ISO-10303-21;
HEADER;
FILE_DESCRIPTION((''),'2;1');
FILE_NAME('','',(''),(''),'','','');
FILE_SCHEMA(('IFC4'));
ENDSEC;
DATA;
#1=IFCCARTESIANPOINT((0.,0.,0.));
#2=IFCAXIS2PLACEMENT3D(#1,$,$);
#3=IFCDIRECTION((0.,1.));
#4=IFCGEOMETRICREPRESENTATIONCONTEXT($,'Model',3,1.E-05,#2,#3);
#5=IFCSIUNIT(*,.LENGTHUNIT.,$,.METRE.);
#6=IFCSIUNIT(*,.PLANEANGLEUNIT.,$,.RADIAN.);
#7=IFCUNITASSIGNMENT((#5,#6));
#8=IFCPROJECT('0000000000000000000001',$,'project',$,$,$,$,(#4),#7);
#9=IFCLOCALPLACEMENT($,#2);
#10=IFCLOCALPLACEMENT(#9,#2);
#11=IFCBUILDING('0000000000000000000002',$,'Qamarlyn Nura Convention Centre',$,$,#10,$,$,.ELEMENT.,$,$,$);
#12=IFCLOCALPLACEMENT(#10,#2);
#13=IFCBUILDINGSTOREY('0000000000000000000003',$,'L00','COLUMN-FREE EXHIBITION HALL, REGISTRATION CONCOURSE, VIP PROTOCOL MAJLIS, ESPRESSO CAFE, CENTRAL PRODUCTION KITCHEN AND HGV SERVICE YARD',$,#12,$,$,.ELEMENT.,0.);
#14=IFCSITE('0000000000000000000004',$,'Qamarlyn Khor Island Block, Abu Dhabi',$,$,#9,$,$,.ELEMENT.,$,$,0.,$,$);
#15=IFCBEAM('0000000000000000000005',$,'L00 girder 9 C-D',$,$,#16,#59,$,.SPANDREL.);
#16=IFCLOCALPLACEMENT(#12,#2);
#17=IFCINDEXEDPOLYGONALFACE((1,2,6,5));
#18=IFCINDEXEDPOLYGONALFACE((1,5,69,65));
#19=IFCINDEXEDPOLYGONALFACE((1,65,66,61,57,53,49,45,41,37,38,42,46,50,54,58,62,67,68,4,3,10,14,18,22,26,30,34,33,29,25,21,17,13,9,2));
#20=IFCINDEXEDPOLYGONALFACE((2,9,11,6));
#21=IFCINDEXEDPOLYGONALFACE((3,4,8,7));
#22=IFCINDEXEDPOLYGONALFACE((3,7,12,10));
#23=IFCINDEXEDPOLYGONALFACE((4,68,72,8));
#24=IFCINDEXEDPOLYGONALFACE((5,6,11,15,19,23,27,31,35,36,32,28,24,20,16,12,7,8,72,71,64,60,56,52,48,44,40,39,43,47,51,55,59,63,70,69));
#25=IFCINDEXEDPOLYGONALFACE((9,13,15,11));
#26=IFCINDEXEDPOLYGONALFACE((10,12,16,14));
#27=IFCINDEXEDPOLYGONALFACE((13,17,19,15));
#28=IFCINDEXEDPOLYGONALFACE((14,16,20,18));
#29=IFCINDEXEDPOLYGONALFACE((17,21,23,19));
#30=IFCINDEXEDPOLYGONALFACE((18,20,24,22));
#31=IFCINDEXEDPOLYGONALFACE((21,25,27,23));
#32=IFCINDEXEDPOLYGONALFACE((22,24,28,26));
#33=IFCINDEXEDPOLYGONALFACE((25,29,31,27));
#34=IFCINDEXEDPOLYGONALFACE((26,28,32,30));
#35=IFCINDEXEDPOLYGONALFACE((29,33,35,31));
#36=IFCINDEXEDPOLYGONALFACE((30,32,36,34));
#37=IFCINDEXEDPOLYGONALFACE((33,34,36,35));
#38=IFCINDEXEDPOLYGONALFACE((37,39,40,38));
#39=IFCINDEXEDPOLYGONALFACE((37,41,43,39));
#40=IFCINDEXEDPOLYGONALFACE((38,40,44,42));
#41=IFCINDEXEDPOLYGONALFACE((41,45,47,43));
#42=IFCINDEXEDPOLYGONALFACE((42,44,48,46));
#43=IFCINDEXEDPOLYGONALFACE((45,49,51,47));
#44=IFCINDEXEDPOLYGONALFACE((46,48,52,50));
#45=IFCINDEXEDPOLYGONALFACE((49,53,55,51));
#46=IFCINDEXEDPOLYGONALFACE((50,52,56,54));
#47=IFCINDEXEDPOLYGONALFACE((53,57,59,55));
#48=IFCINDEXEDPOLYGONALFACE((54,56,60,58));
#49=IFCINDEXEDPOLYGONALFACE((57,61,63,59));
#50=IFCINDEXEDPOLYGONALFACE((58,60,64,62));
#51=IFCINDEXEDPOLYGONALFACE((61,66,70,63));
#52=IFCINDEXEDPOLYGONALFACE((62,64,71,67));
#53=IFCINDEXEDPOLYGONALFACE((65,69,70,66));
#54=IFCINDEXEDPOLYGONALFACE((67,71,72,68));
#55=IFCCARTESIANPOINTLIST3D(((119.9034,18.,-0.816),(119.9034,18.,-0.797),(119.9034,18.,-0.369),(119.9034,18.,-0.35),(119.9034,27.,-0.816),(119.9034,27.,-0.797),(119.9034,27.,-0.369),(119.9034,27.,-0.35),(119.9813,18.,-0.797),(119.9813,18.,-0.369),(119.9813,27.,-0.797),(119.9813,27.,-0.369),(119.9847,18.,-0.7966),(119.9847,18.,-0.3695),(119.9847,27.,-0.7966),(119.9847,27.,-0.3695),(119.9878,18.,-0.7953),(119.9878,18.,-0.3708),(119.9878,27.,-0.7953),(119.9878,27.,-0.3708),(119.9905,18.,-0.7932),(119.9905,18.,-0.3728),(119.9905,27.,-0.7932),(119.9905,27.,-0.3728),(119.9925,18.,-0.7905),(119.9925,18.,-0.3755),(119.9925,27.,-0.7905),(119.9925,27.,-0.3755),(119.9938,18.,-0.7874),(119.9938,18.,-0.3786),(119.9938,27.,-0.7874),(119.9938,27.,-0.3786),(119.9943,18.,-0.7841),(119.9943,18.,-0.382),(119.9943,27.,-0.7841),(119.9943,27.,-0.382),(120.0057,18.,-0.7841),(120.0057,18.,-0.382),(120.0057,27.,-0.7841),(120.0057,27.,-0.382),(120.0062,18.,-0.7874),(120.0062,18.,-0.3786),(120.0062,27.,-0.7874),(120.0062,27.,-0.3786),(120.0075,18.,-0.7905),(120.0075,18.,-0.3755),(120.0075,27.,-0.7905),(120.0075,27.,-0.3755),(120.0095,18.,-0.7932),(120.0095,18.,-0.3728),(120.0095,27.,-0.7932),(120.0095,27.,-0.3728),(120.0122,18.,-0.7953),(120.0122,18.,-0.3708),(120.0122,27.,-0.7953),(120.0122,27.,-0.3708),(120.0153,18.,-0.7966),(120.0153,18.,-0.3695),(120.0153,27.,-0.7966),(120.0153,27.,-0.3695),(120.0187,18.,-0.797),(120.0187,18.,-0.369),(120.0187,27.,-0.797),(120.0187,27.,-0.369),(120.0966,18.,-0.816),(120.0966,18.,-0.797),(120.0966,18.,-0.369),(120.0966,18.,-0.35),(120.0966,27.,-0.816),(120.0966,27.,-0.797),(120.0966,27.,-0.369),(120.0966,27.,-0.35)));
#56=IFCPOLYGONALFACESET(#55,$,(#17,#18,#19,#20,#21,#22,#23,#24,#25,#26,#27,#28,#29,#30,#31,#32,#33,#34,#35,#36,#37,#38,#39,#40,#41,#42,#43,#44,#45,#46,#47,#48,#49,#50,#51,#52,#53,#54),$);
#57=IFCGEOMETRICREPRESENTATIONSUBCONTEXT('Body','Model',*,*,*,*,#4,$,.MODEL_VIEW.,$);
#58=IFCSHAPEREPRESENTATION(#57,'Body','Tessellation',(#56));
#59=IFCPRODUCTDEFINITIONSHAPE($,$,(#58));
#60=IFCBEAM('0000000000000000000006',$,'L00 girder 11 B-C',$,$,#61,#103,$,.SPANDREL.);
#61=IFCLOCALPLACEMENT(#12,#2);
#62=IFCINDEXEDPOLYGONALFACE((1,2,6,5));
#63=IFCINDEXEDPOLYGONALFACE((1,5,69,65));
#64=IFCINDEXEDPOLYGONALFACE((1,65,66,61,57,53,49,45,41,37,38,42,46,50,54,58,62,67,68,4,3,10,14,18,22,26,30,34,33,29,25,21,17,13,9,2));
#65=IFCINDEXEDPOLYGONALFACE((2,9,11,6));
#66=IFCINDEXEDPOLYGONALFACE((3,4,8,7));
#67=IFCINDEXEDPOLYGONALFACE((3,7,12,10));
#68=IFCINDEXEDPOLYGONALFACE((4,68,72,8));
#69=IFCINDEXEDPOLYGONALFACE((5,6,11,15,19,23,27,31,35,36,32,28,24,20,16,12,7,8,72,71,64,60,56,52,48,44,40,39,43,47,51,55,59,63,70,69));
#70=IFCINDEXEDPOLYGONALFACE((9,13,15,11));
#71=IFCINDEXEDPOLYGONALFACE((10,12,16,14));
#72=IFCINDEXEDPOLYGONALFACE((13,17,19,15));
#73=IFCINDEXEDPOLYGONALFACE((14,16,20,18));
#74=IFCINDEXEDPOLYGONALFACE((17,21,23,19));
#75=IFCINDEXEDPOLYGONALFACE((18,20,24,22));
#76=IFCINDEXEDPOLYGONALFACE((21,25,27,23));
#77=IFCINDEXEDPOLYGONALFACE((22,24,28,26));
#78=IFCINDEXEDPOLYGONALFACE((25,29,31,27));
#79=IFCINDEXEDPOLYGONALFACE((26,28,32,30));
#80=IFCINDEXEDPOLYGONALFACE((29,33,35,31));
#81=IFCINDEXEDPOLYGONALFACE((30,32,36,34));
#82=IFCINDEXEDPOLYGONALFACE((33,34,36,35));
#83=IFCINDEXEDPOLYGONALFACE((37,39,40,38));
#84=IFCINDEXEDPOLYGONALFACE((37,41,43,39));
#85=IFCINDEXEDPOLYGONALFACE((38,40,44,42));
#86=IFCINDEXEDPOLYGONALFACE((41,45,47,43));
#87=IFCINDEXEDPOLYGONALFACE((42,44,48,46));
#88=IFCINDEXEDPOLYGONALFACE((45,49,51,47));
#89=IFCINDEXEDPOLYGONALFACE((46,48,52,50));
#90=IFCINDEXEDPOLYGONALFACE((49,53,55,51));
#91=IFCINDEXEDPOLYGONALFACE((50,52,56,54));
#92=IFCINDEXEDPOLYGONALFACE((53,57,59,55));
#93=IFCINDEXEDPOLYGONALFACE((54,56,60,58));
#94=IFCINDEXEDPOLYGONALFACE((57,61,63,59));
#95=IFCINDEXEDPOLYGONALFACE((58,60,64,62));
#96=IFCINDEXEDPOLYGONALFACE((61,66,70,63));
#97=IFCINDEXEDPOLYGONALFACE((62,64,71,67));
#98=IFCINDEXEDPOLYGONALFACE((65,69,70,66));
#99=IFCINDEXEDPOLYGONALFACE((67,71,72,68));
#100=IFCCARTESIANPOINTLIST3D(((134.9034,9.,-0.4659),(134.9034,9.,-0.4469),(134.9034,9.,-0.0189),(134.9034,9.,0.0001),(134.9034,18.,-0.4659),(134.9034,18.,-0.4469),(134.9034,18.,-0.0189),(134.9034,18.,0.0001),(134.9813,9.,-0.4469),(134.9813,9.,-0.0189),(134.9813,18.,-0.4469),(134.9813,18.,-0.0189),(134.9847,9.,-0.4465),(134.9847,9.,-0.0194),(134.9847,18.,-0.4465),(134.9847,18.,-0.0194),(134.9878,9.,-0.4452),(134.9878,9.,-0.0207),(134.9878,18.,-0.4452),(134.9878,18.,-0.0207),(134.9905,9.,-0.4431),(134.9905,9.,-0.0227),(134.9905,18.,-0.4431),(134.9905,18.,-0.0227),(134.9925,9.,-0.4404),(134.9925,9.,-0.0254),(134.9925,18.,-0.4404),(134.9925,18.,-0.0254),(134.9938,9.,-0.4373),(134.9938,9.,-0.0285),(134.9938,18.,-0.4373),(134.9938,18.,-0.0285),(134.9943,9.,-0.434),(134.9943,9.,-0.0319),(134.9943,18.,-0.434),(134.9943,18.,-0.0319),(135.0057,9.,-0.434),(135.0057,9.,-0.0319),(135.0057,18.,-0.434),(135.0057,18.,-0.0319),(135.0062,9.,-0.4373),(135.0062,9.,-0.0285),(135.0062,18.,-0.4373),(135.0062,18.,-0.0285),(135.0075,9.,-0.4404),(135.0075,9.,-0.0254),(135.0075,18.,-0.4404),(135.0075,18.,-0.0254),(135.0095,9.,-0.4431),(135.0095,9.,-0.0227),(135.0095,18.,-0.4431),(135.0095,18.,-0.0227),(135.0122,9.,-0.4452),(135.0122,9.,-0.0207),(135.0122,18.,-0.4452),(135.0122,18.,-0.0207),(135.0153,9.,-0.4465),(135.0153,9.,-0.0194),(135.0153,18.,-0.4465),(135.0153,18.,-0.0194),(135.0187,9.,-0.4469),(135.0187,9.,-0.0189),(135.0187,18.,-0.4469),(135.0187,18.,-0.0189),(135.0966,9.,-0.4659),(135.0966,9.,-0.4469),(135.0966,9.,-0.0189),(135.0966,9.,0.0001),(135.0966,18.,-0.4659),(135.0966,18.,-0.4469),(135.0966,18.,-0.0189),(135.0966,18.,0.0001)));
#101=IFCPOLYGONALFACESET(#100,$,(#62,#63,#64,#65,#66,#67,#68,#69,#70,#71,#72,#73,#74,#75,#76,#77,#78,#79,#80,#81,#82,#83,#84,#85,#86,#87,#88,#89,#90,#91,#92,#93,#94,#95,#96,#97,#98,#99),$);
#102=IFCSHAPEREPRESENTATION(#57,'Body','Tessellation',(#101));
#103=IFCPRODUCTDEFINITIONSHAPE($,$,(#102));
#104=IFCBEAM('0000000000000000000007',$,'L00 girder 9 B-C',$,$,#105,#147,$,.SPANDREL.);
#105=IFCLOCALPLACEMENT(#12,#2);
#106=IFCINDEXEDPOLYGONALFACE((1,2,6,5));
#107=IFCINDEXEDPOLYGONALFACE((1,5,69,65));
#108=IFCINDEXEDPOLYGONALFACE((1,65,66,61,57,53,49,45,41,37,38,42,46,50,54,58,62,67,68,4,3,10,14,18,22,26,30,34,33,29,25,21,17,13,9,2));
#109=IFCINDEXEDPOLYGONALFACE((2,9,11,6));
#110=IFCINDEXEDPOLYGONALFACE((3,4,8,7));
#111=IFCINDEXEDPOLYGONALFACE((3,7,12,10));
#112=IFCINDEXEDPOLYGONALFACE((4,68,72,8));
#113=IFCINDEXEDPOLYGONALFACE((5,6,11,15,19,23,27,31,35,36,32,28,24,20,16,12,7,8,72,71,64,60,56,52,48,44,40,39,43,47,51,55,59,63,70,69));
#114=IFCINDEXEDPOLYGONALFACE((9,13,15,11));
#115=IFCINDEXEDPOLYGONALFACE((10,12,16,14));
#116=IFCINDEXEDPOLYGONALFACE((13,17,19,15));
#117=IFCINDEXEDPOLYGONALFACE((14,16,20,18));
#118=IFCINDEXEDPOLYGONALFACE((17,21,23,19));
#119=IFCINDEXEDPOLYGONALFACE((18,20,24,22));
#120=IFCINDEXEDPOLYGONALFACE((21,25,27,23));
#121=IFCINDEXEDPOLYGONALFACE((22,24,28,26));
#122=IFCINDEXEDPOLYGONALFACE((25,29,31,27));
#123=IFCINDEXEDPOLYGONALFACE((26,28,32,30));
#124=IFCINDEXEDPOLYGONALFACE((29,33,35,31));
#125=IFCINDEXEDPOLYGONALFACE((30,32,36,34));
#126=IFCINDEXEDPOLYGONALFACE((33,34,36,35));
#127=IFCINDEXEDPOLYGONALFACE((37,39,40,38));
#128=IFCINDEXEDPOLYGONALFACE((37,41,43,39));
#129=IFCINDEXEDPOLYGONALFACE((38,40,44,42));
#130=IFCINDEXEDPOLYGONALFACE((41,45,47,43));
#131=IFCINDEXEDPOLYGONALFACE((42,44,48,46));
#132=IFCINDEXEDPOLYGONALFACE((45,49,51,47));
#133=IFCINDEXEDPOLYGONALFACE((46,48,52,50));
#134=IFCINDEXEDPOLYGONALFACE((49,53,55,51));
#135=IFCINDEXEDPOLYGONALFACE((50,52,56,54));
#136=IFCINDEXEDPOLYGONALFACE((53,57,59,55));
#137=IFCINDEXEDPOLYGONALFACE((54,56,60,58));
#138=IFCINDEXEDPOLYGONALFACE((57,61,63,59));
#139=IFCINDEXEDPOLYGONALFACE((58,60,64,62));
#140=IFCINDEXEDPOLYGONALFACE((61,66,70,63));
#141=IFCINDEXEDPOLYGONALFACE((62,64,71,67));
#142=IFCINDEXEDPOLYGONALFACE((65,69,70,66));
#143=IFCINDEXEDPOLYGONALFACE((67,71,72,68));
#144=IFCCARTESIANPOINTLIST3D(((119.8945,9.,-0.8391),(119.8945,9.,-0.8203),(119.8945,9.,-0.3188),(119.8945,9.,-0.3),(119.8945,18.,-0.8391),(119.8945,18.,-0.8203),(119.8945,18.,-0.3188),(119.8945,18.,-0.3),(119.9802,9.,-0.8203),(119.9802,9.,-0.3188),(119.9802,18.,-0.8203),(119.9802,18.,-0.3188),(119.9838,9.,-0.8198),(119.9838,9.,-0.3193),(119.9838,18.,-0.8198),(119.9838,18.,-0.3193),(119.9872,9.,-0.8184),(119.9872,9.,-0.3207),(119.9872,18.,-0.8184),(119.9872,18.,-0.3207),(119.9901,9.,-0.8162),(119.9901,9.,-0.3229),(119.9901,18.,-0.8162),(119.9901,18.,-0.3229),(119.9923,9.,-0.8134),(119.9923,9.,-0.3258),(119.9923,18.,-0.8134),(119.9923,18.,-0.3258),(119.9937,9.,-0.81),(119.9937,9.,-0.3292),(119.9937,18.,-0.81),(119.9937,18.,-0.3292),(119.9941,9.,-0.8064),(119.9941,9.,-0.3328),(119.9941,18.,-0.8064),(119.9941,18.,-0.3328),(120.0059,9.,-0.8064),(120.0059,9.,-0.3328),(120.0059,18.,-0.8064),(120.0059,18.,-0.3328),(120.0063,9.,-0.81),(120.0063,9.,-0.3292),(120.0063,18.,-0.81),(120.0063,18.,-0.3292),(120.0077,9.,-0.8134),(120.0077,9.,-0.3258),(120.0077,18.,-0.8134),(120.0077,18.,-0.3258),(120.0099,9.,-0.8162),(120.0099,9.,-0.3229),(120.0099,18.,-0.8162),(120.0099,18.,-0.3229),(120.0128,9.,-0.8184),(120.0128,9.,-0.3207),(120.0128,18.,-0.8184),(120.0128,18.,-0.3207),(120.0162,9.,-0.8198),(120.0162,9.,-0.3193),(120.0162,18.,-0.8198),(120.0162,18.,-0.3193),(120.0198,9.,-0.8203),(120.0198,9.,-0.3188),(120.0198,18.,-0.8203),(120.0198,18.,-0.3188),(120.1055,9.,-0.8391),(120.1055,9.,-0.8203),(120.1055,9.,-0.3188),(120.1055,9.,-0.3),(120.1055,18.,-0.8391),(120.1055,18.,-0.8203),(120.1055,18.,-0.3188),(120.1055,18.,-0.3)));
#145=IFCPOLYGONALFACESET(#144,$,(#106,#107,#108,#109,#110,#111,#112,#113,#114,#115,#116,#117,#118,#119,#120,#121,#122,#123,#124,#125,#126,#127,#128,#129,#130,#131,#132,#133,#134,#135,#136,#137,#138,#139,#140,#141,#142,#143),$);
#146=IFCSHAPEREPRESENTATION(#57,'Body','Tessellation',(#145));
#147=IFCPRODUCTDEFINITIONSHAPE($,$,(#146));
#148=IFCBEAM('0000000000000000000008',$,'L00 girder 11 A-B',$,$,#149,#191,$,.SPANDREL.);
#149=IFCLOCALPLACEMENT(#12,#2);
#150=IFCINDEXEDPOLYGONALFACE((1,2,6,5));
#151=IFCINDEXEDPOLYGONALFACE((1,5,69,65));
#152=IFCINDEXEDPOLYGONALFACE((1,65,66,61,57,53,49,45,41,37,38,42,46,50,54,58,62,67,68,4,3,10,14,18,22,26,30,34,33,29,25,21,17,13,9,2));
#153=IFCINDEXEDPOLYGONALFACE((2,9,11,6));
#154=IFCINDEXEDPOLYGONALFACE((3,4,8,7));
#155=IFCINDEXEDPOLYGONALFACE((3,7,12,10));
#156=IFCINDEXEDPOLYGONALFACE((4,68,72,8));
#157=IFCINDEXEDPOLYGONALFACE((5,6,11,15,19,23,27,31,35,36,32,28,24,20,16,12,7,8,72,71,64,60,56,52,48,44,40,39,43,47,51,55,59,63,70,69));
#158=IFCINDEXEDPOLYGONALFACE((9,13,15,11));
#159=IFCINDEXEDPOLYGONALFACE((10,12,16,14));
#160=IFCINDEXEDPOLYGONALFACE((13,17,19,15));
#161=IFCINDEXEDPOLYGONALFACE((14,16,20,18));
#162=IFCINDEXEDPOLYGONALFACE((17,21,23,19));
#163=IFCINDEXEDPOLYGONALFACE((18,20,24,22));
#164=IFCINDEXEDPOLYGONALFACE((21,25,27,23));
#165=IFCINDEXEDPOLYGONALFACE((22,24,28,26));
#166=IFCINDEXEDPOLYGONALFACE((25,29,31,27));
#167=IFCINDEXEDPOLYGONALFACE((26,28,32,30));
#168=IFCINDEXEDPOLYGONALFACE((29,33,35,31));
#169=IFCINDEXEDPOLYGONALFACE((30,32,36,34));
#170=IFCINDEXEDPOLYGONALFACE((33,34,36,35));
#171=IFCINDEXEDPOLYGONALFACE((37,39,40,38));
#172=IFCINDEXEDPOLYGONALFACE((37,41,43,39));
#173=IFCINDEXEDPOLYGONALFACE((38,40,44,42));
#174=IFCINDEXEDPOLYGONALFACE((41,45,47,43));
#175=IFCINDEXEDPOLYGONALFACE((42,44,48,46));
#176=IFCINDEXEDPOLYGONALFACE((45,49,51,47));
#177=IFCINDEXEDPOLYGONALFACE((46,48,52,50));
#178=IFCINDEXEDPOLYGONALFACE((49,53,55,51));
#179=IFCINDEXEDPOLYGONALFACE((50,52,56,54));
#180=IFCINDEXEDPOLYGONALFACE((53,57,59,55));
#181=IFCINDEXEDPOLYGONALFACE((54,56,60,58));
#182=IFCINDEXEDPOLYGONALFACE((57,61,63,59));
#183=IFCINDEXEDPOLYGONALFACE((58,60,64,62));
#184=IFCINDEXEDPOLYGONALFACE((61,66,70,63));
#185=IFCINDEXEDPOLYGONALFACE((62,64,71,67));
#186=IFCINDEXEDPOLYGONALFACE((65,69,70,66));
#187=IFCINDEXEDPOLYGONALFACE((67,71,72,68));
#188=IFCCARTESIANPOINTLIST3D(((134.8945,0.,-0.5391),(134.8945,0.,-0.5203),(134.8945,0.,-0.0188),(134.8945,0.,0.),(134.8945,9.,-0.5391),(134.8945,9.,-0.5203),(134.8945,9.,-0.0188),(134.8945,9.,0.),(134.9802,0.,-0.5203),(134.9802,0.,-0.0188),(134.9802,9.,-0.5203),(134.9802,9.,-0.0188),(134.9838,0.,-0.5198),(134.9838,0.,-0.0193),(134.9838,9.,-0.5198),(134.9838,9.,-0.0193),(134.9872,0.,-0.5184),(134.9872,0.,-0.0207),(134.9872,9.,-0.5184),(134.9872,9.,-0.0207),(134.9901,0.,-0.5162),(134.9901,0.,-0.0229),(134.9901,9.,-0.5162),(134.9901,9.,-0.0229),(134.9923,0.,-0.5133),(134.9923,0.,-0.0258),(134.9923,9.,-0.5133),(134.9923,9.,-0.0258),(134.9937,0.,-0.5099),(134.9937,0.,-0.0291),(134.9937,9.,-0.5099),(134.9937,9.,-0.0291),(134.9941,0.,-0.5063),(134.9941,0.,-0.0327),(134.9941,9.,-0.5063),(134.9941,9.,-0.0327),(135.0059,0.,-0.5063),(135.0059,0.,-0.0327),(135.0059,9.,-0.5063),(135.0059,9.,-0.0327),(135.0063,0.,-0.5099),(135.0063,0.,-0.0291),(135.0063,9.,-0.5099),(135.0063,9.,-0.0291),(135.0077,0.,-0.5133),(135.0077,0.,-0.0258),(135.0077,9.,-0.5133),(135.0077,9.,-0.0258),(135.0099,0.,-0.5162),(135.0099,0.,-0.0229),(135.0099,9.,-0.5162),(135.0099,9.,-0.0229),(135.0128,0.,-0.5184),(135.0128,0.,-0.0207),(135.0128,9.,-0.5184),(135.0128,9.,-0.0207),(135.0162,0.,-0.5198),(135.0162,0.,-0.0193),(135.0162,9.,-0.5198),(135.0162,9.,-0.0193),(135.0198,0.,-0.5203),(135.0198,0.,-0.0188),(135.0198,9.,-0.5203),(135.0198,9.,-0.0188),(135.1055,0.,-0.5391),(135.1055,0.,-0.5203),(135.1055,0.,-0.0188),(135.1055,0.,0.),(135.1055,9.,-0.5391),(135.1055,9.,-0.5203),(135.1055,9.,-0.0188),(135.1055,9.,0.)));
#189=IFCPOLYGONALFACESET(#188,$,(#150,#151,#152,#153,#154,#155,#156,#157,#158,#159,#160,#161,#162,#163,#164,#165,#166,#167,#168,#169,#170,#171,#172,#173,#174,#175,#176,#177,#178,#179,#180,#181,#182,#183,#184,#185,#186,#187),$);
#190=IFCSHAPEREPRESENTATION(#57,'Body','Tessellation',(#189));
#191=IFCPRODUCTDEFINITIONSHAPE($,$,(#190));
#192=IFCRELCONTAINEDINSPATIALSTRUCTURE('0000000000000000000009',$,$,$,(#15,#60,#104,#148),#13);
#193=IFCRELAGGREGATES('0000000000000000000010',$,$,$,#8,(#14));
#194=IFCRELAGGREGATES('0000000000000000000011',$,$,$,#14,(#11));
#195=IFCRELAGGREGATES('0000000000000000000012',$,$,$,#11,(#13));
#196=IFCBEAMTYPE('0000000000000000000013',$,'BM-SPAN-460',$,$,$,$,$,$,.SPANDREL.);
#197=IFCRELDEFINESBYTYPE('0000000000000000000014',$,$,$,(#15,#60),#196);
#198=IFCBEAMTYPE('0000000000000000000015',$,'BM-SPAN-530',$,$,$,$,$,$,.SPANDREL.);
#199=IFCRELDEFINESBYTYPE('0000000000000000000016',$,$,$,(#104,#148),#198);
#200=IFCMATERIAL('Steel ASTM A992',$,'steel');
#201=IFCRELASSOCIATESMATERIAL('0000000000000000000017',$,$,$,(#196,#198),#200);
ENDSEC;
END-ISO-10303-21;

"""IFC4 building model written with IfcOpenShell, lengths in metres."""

from ifc_helpers import new_model, si_unit, direction, frame, origin, origin_2d, place, context, subcontext, project, spatial, i_section, extrude, material, material_profile, profile_set, type_object, element, save


model = new_model("IFC4")

# Units and contexts
model_context = context("Model", 3, precision=1e-05, world=origin(), true_north=direction((0.0, 1.0)))
body_context = subcontext(model_context, "Body", "Model", "MODEL_VIEW")
ifc_project = project(units=[si_unit("LENGTHUNIT", "METRE"), si_unit("PLANEANGLEUNIT", "RADIAN")], contexts=[model_context])

# Site, building, storey
site_placement = place(None, origin())
site = spatial("IfcSite", under=ifc_project, at=site_placement, Name="Qamarlyn Khor Island Block, Abu Dhabi", CompositionType="ELEMENT", RefElevation=0.0)
building_placement = place(site_placement, origin())
building = spatial("IfcBuilding", under=site, at=building_placement, Name="Qamarlyn Nura Convention Centre", CompositionType="ELEMENT")
storey_placement = place(building_placement, origin())
storey = spatial("IfcBuildingStorey", under=building, at=storey_placement, Name="L00", Description="COLUMN-FREE EXHIBITION HALL, REGISTRATION CONCOURSE, VIP PROTOCOL MAJLIS, ESPRESSO CAFE, CENTRAL PRODUCTION KITCHEN AND HGV SERVICE YARD", CompositionType="ELEMENT", Elevation=0.0)

# Shared definitions
ifc_material_1 = material(Name="Steel ASTM A992", Category="steel")

# Beams
ifc_material_profile_1 = material_profile(ifc_material_1, i_section(OverallWidth=0.1931, OverallDepth=0.4661, WebThickness=0.0115, FlangeThickness=0.019, FilletRadius=0.0129, at=origin_2d()), Name="W460X97")
ifc_profile_set_1 = profile_set([ifc_material_profile_1], Name="Steel ASTM A992")
beam_type_1 = type_object("IfcBeamType", Name="BM-SPAN-460", PredefinedType="SPANDREL", material=ifc_profile_set_1)
for number, where, z_axis, x_axis, name in (
    (1, (120.0, 18.0, -0.583), (0.0, 1.0, 0.0), (-1.0, 0.0, 0.0), "L00 girder 9 C-D"),
    (2, (135.0, 9.0, -0.2329), (0.0, 1.0, 0.0), (-1.0, 0.0, 0.0), "L00 girder 11 B-C"),
):
    element("IfcBeam", number, at=place(storey_placement, frame(where, z_axis=z_axis, x_axis=x_axis)), inside=storey, type_object=beam_type_1, Name=name, PredefinedType="SPANDREL", context=body_context, shape_type="SweptSolid", body=[
        extrude(i_section(OverallWidth=0.1931, OverallDepth=0.4661, WebThickness=0.0115, FlangeThickness=0.019, FilletRadius=0.0129, at=origin_2d()), origin(), (0.0, 0.0, 1.0), 9.0),
    ])
ifc_material_profile_2 = material_profile(ifc_material_1, i_section(OverallWidth=0.2109, OverallDepth=0.5391, WebThickness=0.0117, FlangeThickness=0.0188, FilletRadius=0.0139, at=origin_2d()), Name="W530X109")
ifc_profile_set_2 = profile_set([ifc_material_profile_2], Name="Steel ASTM A992")
beam_type_2 = type_object("IfcBeamType", Name="BM-SPAN-530", PredefinedType="SPANDREL", material=ifc_profile_set_2)
for number, where, z_axis, x_axis, name in (
    (3, (120.0, 9.0, -0.5696), (0.0, 1.0, 0.0), (-1.0, 0.0, 0.0), "L00 girder 9 B-C"),
    (4, (135.0, 0.0, -0.2695), (0.0, 1.0, 0.0), (-1.0, 0.0, 0.0), "L00 girder 11 A-B"),
):
    element("IfcBeam", number, at=place(storey_placement, frame(where, z_axis=z_axis, x_axis=x_axis)), inside=storey, type_object=beam_type_2, Name=name, PredefinedType="SPANDREL", context=body_context, shape_type="SweptSolid", body=[
        extrude(i_section(OverallWidth=0.2109, OverallDepth=0.5391, WebThickness=0.0117, FlangeThickness=0.0188, FilletRadius=0.0139, at=origin_2d()), origin(), (0.0, 0.0, 1.0), 9.0),
    ])

save(model, "model.ifc")
